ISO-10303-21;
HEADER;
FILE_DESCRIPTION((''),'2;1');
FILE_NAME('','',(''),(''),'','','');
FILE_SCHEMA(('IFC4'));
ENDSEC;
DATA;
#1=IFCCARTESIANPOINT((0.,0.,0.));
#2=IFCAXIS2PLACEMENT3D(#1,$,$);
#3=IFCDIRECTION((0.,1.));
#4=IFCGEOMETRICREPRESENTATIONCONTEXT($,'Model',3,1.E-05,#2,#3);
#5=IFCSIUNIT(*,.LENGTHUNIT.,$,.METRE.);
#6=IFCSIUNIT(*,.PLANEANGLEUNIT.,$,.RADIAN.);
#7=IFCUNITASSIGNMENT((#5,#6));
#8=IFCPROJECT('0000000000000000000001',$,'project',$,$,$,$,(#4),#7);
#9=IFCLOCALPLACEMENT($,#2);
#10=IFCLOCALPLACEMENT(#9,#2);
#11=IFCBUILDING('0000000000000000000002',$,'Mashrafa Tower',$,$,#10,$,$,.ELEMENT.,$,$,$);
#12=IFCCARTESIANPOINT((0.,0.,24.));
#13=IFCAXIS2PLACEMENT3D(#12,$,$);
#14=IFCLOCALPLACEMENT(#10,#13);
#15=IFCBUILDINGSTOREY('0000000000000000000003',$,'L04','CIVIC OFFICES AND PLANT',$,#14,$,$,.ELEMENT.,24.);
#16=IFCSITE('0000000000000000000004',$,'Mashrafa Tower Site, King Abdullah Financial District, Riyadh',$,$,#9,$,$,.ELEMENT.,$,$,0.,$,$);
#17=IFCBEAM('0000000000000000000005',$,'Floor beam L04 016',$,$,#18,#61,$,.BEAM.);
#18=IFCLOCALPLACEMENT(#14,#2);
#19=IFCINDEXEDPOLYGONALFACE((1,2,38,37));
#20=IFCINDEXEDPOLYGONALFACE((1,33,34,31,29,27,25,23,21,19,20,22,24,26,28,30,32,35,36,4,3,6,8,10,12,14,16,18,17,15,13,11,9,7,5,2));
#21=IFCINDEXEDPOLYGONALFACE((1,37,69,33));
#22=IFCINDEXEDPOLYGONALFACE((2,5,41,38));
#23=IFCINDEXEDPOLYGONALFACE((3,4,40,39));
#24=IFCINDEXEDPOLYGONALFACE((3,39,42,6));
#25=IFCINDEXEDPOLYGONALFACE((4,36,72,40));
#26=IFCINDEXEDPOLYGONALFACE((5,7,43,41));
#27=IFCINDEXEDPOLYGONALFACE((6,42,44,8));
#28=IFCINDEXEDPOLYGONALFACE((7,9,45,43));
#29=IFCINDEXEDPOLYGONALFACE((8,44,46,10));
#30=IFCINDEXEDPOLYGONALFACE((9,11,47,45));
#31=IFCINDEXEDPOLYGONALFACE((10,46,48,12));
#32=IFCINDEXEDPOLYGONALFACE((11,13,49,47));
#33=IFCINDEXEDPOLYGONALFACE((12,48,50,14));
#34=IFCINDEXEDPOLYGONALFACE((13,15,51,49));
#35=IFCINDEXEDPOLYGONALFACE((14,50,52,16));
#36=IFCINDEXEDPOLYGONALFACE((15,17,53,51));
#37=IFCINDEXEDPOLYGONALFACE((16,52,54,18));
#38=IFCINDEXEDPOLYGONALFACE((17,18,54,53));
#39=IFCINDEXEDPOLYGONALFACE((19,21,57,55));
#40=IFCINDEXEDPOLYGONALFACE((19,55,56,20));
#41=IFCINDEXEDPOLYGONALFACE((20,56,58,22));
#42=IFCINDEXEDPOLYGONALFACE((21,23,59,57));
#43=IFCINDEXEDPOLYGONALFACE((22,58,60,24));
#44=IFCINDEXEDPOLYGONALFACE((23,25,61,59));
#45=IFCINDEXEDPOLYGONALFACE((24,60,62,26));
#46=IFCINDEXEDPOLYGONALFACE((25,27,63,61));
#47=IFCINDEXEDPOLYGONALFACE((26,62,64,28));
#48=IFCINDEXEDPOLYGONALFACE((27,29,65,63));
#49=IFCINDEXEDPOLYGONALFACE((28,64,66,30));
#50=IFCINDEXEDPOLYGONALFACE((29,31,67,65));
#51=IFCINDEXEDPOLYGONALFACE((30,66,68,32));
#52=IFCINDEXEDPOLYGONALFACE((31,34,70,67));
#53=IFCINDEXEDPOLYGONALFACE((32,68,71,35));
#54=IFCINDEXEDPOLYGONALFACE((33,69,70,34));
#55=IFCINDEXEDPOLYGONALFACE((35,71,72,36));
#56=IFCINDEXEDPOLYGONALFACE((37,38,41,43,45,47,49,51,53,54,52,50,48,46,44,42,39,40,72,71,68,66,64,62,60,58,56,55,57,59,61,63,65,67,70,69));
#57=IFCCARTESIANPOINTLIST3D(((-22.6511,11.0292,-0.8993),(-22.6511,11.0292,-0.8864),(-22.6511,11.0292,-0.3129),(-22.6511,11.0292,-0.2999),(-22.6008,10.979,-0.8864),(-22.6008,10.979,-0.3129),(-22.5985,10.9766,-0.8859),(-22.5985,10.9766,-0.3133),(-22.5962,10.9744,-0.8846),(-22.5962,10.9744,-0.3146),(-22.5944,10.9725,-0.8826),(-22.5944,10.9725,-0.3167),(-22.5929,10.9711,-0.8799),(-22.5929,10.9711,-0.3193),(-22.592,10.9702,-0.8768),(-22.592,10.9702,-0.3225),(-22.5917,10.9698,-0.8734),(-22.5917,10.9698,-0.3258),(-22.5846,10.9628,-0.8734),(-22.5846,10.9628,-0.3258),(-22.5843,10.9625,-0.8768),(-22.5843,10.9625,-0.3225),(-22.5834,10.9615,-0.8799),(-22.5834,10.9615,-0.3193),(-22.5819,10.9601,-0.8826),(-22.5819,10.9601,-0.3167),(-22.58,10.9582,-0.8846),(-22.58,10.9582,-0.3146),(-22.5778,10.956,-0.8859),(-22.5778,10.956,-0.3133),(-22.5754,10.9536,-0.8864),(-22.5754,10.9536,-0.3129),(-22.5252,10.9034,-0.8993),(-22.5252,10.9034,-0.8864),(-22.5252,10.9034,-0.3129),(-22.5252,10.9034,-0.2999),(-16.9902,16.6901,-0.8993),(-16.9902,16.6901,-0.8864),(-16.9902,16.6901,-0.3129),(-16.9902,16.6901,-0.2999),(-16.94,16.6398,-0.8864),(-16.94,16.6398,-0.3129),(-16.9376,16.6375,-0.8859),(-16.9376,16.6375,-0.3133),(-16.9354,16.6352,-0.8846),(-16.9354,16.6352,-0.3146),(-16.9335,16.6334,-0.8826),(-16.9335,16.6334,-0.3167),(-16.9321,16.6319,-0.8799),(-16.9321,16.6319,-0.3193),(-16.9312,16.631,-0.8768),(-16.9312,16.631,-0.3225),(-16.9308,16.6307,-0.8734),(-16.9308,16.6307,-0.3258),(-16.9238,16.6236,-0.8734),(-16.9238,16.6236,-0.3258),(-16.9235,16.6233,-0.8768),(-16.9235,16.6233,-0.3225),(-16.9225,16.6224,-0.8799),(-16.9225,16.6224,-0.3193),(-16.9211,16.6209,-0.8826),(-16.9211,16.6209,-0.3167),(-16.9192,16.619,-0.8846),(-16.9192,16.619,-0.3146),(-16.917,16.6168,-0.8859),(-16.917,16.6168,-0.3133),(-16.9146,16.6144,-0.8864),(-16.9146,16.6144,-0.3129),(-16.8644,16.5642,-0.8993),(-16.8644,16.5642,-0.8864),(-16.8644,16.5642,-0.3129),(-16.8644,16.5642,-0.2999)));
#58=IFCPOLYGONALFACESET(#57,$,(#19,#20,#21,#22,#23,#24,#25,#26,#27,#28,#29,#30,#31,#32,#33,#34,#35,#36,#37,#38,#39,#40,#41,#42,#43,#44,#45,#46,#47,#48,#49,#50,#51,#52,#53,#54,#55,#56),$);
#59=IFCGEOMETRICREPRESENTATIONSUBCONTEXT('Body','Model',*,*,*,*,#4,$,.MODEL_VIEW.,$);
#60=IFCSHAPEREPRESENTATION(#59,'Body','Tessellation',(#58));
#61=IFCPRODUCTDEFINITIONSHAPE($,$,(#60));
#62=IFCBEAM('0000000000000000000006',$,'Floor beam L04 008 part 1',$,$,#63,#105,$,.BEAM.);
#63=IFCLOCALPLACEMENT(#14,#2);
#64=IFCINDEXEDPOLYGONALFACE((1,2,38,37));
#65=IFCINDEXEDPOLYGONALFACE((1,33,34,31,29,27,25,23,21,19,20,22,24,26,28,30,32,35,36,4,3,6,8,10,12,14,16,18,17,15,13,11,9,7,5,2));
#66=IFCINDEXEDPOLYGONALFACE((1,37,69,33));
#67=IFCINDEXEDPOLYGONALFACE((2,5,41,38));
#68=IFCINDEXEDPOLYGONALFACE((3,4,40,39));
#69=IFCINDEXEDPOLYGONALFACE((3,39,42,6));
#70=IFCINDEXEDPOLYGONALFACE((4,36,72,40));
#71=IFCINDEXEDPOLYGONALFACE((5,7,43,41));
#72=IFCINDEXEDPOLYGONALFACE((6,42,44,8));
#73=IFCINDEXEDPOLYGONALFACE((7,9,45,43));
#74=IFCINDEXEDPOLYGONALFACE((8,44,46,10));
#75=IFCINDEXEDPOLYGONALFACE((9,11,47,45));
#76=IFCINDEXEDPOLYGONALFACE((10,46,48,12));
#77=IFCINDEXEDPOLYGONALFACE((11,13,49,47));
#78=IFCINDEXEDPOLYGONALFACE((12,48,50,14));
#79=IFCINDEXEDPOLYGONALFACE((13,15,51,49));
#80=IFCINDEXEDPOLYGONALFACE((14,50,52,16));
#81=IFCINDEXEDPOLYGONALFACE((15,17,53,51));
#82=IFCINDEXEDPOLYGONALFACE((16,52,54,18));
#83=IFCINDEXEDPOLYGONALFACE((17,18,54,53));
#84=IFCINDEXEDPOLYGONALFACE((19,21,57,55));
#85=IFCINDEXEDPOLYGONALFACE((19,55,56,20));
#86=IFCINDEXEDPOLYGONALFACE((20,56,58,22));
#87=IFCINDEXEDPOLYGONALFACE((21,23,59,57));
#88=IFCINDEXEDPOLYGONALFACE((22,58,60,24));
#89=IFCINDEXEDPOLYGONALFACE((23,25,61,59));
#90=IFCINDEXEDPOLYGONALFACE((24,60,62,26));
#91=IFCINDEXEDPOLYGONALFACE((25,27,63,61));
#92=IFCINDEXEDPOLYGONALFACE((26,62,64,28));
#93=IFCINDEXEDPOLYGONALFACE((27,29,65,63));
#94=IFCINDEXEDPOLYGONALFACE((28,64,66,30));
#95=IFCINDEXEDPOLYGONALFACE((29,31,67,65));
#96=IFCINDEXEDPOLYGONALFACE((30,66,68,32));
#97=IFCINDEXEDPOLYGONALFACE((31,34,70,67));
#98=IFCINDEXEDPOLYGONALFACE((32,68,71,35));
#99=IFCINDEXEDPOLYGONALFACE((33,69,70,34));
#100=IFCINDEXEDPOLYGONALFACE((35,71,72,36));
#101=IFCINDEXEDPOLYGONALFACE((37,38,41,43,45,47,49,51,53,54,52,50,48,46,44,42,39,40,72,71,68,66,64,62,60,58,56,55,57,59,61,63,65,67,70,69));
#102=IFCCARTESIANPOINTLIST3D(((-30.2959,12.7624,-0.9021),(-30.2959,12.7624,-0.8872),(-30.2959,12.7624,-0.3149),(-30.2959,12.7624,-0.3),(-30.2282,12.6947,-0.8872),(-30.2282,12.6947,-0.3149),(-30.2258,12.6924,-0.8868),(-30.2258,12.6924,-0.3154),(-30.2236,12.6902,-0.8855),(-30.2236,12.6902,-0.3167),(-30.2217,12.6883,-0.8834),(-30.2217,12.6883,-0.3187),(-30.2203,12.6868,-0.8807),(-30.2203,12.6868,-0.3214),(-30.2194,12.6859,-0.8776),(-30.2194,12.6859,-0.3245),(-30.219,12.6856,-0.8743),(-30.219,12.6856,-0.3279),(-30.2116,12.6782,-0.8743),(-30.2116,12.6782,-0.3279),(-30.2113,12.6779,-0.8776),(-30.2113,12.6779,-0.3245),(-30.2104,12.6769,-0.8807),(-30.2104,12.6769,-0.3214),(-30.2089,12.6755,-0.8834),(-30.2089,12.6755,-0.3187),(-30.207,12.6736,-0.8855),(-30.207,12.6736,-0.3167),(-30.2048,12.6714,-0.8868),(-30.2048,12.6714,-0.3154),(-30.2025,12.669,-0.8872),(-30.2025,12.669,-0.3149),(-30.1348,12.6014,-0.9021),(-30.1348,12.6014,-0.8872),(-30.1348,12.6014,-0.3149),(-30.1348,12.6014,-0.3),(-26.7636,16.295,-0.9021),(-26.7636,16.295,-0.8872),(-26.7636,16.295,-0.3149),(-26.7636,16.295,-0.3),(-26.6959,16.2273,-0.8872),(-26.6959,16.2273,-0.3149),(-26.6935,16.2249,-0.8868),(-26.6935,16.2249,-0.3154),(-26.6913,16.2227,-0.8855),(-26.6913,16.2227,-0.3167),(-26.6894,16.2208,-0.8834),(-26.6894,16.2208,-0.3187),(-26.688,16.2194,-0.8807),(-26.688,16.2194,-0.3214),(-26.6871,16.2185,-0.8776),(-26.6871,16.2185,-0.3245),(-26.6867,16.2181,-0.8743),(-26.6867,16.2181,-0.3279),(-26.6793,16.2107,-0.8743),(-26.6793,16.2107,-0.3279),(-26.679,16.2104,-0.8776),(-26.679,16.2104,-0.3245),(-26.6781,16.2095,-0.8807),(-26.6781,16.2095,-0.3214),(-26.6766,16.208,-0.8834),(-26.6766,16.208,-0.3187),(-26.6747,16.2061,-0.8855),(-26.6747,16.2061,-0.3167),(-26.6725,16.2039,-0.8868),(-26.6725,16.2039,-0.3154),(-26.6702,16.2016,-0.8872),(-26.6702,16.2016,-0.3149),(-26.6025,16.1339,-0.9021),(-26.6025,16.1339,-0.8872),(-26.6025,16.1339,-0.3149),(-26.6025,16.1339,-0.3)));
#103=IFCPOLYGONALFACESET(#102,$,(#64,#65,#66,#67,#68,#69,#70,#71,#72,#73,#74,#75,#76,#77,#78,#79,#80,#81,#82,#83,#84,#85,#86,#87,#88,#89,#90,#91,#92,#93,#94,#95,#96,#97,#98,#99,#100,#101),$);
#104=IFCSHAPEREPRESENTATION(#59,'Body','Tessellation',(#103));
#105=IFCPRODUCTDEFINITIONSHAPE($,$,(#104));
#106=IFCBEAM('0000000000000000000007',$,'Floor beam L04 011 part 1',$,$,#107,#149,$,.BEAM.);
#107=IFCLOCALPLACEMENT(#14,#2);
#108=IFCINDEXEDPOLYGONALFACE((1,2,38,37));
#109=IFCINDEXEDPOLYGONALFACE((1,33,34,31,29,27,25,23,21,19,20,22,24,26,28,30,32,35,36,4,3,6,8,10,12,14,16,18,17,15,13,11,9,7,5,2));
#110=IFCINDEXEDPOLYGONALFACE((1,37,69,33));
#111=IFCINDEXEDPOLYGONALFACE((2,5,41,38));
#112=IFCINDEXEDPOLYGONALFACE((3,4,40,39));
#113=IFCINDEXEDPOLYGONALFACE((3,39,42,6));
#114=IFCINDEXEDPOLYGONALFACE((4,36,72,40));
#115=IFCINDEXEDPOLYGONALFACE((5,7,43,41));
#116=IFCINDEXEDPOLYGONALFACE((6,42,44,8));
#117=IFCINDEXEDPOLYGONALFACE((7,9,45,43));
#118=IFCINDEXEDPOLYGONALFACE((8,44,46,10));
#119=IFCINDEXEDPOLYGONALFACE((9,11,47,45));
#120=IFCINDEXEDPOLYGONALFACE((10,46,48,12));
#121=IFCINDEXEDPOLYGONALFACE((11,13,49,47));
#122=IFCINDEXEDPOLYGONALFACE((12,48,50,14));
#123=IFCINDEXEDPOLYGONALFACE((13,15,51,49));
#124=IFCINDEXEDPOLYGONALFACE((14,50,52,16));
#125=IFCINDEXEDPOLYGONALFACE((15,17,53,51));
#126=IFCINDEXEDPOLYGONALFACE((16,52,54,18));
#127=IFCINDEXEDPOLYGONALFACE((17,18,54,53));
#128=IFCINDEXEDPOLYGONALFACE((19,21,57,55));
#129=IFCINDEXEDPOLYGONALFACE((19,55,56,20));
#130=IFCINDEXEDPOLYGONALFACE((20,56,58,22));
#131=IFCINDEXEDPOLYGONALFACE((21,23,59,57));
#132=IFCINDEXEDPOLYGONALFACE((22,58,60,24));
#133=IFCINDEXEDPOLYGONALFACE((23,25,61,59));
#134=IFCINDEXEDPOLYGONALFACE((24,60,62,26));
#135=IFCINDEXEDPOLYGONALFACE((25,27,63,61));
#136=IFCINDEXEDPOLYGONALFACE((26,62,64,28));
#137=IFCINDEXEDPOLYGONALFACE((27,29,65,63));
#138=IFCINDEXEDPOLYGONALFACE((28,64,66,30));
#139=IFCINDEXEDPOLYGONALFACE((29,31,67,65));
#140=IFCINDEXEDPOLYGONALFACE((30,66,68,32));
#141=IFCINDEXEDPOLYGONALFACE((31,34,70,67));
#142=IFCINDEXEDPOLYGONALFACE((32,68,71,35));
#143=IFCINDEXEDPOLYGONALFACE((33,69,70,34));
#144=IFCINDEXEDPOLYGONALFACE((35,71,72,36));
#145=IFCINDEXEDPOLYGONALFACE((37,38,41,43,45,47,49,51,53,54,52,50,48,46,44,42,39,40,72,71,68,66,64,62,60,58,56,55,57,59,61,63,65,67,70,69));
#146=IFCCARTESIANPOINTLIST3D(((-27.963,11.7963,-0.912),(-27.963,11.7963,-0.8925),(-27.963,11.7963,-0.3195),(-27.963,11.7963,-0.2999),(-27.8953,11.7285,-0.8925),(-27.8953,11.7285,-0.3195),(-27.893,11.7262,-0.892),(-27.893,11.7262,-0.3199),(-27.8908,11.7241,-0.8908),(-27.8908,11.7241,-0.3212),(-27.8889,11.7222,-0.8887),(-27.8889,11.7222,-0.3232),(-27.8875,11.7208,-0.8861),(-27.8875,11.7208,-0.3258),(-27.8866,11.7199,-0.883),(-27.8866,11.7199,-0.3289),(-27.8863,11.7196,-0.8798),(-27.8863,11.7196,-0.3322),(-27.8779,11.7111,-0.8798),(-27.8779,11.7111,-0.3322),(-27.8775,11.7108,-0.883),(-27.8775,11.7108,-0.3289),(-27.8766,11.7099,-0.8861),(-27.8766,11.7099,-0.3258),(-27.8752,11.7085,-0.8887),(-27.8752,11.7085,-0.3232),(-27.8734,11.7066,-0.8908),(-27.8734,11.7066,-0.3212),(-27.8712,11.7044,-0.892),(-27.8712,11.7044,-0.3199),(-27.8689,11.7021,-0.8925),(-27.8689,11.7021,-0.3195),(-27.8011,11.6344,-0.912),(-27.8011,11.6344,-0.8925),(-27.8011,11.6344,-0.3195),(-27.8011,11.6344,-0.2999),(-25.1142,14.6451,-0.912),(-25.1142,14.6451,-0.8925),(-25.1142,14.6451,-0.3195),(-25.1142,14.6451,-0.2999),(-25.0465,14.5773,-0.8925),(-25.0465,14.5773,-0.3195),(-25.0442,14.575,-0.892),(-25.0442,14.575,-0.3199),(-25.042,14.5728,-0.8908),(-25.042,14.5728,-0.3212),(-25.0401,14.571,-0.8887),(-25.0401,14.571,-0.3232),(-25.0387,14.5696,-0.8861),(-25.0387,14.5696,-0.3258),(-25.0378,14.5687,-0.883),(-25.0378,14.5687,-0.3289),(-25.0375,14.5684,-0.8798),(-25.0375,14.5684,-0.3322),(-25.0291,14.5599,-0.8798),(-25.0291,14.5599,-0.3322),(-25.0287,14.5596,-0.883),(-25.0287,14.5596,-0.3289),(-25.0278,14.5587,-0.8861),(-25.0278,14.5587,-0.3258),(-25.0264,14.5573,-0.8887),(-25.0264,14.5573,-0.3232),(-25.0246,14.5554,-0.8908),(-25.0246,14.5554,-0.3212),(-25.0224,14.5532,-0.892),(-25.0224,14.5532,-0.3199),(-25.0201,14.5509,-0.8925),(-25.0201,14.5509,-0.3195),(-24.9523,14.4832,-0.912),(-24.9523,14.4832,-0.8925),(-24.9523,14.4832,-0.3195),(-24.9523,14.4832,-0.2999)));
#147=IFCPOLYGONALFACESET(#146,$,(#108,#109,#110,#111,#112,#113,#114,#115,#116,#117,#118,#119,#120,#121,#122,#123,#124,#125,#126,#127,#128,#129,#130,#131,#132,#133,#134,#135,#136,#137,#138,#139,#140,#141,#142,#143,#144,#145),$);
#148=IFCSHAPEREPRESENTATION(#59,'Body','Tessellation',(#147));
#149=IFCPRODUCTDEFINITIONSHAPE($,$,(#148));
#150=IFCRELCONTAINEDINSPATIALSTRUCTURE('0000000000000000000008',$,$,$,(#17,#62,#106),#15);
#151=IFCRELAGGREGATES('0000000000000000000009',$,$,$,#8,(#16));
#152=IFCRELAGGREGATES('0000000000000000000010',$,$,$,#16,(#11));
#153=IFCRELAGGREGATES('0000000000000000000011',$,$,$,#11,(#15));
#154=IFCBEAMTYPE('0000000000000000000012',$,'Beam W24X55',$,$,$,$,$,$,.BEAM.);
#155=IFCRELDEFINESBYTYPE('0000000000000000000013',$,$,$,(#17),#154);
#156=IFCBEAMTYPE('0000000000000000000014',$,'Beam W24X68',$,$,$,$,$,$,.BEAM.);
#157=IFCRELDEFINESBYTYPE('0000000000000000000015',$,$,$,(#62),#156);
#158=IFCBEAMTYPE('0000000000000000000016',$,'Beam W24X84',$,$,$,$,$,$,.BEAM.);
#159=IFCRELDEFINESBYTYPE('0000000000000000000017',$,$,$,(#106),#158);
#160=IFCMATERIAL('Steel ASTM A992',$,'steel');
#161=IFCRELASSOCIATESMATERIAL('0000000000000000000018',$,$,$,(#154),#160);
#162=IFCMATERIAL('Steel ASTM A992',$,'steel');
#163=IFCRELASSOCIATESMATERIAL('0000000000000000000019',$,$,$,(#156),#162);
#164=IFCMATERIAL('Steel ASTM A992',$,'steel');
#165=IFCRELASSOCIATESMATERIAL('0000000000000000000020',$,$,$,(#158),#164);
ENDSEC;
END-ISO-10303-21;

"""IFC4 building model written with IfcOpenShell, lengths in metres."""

from ifc_helpers import new_model, si_unit, direction, frame, origin, origin_2d, place, context, subcontext, project, spatial, i_section, extrude, material, material_profile, profile_set, type_object, element, save


model = new_model("IFC4")

# Units and contexts
model_context = context("Model", 3, precision=1e-05, world=origin(), true_north=direction((0.0, 1.0)))
body_context = subcontext(model_context, "Body", "Model", "MODEL_VIEW")
ifc_project = project(units=[si_unit("LENGTHUNIT", "METRE"), si_unit("PLANEANGLEUNIT", "RADIAN")], contexts=[model_context])

# Site, building, storey
site_placement = place(None, origin())
site = spatial("IfcSite", under=ifc_project, at=site_placement, Name="Mashrafa Tower Site, King Abdullah Financial District, Riyadh", CompositionType="ELEMENT", RefElevation=0.0)
building_placement = place(site_placement, origin())
building = spatial("IfcBuilding", under=site, at=building_placement, Name="Mashrafa Tower", CompositionType="ELEMENT")
storey_placement = place(building_placement, frame((0.0, 0.0, 24.0)))
storey = spatial("IfcBuildingStorey", under=building, at=storey_placement, Name="L04", Description="CIVIC OFFICES AND PLANT", CompositionType="ELEMENT", Elevation=24.0)

# Beams
ifc_material_1 = material(Name="Steel ASTM A992", Category="steel")
ifc_material_profile_1 = material_profile(ifc_material_1, i_section(OverallWidth=0.178, OverallDepth=0.5994, WebThickness=0.01, FlangeThickness=0.0129, FilletRadius=0.0129, at=origin_2d()), Name="W24X55")
ifc_profile_set_1 = profile_set([ifc_material_profile_1], Name="Steel ASTM A992")
beam_type_1 = type_object("IfcBeamType", Name="Beam W24X55", PredefinedType="BEAM", material=ifc_profile_set_1)
beam_1_placement = place(storey_placement, frame((-22.5881, 10.9663, -0.5996), z_axis=(0.707107, 0.707107, 0.0), x_axis=(-0.707107, 0.707107, 0.0)))
element("IfcBeam", 1, at=beam_1_placement, inside=storey, type_object=beam_type_1, Name="Floor beam L04 016", PredefinedType="BEAM", context=body_context, shape_type="SweptSolid", body=[
    extrude(i_section(OverallWidth=0.178, OverallDepth=0.5994, WebThickness=0.01, FlangeThickness=0.0129, FilletRadius=0.0129, at=origin_2d()), origin(), (0.0, 0.0, 1.0), 8.0056),
])
ifc_material_2 = material(Name="Steel ASTM A992", Category="steel")
ifc_material_profile_2 = material_profile(ifc_material_2, i_section(OverallWidth=0.2278, OverallDepth=0.6021, WebThickness=0.0105, FlangeThickness=0.0149, FilletRadius=0.0129, at=origin_2d()), Name="W24X68")
ifc_profile_set_2 = profile_set([ifc_material_profile_2], Name="Steel ASTM A992")
beam_type_2 = type_object("IfcBeamType", Name="Beam W24X68", PredefinedType="BEAM", material=ifc_profile_set_2)
beam_2_placement = place(storey_placement, frame((-30.2153, 12.6819, -0.6011), z_axis=(0.707082, 0.707131, 0.0), x_axis=(-0.707131, 0.707082, 0.0)))
element("IfcBeam", 2, at=beam_2_placement, inside=storey, type_object=beam_type_2, Name="Floor beam L04 008 part 1", PredefinedType="BEAM", context=body_context, shape_type="SweptSolid", body=[
    extrude(i_section(OverallWidth=0.2278, OverallDepth=0.6021, WebThickness=0.0105, FlangeThickness=0.0149, FilletRadius=0.0129, at=origin_2d()), origin(), (0.0, 0.0, 1.0), 4.9956),
])
ifc_material_3 = material(Name="Steel ASTM A992", Category="steel")
ifc_material_profile_3 = material_profile(ifc_material_3, i_section(OverallWidth=0.229, OverallDepth=0.6121, WebThickness=0.012, FlangeThickness=0.0195, FilletRadius=0.0127, at=origin_2d()), Name="W24X84")
ifc_profile_set_3 = profile_set([ifc_material_profile_3], Name="Steel ASTM A992")
beam_type_3 = type_object("IfcBeamType", Name="Beam W24X84", PredefinedType="BEAM", material=ifc_profile_set_3)
beam_3_placement = place(storey_placement, frame((-27.8821, 11.7153, -0.606), z_axis=(0.707107, 0.707107, 0.0), x_axis=(-0.707107, 0.707107, 0.0)))
element("IfcBeam", 3, at=beam_3_placement, inside=storey, type_object=beam_type_3, Name="Floor beam L04 011 part 1", PredefinedType="BEAM", context=body_context, shape_type="SweptSolid", body=[
    extrude(i_section(OverallWidth=0.229, OverallDepth=0.6121, WebThickness=0.012, FlangeThickness=0.0195, FilletRadius=0.0127, at=origin_2d()), origin(), (0.0, 0.0, 1.0), 4.0288),
])

save(model, "model.ifc")
